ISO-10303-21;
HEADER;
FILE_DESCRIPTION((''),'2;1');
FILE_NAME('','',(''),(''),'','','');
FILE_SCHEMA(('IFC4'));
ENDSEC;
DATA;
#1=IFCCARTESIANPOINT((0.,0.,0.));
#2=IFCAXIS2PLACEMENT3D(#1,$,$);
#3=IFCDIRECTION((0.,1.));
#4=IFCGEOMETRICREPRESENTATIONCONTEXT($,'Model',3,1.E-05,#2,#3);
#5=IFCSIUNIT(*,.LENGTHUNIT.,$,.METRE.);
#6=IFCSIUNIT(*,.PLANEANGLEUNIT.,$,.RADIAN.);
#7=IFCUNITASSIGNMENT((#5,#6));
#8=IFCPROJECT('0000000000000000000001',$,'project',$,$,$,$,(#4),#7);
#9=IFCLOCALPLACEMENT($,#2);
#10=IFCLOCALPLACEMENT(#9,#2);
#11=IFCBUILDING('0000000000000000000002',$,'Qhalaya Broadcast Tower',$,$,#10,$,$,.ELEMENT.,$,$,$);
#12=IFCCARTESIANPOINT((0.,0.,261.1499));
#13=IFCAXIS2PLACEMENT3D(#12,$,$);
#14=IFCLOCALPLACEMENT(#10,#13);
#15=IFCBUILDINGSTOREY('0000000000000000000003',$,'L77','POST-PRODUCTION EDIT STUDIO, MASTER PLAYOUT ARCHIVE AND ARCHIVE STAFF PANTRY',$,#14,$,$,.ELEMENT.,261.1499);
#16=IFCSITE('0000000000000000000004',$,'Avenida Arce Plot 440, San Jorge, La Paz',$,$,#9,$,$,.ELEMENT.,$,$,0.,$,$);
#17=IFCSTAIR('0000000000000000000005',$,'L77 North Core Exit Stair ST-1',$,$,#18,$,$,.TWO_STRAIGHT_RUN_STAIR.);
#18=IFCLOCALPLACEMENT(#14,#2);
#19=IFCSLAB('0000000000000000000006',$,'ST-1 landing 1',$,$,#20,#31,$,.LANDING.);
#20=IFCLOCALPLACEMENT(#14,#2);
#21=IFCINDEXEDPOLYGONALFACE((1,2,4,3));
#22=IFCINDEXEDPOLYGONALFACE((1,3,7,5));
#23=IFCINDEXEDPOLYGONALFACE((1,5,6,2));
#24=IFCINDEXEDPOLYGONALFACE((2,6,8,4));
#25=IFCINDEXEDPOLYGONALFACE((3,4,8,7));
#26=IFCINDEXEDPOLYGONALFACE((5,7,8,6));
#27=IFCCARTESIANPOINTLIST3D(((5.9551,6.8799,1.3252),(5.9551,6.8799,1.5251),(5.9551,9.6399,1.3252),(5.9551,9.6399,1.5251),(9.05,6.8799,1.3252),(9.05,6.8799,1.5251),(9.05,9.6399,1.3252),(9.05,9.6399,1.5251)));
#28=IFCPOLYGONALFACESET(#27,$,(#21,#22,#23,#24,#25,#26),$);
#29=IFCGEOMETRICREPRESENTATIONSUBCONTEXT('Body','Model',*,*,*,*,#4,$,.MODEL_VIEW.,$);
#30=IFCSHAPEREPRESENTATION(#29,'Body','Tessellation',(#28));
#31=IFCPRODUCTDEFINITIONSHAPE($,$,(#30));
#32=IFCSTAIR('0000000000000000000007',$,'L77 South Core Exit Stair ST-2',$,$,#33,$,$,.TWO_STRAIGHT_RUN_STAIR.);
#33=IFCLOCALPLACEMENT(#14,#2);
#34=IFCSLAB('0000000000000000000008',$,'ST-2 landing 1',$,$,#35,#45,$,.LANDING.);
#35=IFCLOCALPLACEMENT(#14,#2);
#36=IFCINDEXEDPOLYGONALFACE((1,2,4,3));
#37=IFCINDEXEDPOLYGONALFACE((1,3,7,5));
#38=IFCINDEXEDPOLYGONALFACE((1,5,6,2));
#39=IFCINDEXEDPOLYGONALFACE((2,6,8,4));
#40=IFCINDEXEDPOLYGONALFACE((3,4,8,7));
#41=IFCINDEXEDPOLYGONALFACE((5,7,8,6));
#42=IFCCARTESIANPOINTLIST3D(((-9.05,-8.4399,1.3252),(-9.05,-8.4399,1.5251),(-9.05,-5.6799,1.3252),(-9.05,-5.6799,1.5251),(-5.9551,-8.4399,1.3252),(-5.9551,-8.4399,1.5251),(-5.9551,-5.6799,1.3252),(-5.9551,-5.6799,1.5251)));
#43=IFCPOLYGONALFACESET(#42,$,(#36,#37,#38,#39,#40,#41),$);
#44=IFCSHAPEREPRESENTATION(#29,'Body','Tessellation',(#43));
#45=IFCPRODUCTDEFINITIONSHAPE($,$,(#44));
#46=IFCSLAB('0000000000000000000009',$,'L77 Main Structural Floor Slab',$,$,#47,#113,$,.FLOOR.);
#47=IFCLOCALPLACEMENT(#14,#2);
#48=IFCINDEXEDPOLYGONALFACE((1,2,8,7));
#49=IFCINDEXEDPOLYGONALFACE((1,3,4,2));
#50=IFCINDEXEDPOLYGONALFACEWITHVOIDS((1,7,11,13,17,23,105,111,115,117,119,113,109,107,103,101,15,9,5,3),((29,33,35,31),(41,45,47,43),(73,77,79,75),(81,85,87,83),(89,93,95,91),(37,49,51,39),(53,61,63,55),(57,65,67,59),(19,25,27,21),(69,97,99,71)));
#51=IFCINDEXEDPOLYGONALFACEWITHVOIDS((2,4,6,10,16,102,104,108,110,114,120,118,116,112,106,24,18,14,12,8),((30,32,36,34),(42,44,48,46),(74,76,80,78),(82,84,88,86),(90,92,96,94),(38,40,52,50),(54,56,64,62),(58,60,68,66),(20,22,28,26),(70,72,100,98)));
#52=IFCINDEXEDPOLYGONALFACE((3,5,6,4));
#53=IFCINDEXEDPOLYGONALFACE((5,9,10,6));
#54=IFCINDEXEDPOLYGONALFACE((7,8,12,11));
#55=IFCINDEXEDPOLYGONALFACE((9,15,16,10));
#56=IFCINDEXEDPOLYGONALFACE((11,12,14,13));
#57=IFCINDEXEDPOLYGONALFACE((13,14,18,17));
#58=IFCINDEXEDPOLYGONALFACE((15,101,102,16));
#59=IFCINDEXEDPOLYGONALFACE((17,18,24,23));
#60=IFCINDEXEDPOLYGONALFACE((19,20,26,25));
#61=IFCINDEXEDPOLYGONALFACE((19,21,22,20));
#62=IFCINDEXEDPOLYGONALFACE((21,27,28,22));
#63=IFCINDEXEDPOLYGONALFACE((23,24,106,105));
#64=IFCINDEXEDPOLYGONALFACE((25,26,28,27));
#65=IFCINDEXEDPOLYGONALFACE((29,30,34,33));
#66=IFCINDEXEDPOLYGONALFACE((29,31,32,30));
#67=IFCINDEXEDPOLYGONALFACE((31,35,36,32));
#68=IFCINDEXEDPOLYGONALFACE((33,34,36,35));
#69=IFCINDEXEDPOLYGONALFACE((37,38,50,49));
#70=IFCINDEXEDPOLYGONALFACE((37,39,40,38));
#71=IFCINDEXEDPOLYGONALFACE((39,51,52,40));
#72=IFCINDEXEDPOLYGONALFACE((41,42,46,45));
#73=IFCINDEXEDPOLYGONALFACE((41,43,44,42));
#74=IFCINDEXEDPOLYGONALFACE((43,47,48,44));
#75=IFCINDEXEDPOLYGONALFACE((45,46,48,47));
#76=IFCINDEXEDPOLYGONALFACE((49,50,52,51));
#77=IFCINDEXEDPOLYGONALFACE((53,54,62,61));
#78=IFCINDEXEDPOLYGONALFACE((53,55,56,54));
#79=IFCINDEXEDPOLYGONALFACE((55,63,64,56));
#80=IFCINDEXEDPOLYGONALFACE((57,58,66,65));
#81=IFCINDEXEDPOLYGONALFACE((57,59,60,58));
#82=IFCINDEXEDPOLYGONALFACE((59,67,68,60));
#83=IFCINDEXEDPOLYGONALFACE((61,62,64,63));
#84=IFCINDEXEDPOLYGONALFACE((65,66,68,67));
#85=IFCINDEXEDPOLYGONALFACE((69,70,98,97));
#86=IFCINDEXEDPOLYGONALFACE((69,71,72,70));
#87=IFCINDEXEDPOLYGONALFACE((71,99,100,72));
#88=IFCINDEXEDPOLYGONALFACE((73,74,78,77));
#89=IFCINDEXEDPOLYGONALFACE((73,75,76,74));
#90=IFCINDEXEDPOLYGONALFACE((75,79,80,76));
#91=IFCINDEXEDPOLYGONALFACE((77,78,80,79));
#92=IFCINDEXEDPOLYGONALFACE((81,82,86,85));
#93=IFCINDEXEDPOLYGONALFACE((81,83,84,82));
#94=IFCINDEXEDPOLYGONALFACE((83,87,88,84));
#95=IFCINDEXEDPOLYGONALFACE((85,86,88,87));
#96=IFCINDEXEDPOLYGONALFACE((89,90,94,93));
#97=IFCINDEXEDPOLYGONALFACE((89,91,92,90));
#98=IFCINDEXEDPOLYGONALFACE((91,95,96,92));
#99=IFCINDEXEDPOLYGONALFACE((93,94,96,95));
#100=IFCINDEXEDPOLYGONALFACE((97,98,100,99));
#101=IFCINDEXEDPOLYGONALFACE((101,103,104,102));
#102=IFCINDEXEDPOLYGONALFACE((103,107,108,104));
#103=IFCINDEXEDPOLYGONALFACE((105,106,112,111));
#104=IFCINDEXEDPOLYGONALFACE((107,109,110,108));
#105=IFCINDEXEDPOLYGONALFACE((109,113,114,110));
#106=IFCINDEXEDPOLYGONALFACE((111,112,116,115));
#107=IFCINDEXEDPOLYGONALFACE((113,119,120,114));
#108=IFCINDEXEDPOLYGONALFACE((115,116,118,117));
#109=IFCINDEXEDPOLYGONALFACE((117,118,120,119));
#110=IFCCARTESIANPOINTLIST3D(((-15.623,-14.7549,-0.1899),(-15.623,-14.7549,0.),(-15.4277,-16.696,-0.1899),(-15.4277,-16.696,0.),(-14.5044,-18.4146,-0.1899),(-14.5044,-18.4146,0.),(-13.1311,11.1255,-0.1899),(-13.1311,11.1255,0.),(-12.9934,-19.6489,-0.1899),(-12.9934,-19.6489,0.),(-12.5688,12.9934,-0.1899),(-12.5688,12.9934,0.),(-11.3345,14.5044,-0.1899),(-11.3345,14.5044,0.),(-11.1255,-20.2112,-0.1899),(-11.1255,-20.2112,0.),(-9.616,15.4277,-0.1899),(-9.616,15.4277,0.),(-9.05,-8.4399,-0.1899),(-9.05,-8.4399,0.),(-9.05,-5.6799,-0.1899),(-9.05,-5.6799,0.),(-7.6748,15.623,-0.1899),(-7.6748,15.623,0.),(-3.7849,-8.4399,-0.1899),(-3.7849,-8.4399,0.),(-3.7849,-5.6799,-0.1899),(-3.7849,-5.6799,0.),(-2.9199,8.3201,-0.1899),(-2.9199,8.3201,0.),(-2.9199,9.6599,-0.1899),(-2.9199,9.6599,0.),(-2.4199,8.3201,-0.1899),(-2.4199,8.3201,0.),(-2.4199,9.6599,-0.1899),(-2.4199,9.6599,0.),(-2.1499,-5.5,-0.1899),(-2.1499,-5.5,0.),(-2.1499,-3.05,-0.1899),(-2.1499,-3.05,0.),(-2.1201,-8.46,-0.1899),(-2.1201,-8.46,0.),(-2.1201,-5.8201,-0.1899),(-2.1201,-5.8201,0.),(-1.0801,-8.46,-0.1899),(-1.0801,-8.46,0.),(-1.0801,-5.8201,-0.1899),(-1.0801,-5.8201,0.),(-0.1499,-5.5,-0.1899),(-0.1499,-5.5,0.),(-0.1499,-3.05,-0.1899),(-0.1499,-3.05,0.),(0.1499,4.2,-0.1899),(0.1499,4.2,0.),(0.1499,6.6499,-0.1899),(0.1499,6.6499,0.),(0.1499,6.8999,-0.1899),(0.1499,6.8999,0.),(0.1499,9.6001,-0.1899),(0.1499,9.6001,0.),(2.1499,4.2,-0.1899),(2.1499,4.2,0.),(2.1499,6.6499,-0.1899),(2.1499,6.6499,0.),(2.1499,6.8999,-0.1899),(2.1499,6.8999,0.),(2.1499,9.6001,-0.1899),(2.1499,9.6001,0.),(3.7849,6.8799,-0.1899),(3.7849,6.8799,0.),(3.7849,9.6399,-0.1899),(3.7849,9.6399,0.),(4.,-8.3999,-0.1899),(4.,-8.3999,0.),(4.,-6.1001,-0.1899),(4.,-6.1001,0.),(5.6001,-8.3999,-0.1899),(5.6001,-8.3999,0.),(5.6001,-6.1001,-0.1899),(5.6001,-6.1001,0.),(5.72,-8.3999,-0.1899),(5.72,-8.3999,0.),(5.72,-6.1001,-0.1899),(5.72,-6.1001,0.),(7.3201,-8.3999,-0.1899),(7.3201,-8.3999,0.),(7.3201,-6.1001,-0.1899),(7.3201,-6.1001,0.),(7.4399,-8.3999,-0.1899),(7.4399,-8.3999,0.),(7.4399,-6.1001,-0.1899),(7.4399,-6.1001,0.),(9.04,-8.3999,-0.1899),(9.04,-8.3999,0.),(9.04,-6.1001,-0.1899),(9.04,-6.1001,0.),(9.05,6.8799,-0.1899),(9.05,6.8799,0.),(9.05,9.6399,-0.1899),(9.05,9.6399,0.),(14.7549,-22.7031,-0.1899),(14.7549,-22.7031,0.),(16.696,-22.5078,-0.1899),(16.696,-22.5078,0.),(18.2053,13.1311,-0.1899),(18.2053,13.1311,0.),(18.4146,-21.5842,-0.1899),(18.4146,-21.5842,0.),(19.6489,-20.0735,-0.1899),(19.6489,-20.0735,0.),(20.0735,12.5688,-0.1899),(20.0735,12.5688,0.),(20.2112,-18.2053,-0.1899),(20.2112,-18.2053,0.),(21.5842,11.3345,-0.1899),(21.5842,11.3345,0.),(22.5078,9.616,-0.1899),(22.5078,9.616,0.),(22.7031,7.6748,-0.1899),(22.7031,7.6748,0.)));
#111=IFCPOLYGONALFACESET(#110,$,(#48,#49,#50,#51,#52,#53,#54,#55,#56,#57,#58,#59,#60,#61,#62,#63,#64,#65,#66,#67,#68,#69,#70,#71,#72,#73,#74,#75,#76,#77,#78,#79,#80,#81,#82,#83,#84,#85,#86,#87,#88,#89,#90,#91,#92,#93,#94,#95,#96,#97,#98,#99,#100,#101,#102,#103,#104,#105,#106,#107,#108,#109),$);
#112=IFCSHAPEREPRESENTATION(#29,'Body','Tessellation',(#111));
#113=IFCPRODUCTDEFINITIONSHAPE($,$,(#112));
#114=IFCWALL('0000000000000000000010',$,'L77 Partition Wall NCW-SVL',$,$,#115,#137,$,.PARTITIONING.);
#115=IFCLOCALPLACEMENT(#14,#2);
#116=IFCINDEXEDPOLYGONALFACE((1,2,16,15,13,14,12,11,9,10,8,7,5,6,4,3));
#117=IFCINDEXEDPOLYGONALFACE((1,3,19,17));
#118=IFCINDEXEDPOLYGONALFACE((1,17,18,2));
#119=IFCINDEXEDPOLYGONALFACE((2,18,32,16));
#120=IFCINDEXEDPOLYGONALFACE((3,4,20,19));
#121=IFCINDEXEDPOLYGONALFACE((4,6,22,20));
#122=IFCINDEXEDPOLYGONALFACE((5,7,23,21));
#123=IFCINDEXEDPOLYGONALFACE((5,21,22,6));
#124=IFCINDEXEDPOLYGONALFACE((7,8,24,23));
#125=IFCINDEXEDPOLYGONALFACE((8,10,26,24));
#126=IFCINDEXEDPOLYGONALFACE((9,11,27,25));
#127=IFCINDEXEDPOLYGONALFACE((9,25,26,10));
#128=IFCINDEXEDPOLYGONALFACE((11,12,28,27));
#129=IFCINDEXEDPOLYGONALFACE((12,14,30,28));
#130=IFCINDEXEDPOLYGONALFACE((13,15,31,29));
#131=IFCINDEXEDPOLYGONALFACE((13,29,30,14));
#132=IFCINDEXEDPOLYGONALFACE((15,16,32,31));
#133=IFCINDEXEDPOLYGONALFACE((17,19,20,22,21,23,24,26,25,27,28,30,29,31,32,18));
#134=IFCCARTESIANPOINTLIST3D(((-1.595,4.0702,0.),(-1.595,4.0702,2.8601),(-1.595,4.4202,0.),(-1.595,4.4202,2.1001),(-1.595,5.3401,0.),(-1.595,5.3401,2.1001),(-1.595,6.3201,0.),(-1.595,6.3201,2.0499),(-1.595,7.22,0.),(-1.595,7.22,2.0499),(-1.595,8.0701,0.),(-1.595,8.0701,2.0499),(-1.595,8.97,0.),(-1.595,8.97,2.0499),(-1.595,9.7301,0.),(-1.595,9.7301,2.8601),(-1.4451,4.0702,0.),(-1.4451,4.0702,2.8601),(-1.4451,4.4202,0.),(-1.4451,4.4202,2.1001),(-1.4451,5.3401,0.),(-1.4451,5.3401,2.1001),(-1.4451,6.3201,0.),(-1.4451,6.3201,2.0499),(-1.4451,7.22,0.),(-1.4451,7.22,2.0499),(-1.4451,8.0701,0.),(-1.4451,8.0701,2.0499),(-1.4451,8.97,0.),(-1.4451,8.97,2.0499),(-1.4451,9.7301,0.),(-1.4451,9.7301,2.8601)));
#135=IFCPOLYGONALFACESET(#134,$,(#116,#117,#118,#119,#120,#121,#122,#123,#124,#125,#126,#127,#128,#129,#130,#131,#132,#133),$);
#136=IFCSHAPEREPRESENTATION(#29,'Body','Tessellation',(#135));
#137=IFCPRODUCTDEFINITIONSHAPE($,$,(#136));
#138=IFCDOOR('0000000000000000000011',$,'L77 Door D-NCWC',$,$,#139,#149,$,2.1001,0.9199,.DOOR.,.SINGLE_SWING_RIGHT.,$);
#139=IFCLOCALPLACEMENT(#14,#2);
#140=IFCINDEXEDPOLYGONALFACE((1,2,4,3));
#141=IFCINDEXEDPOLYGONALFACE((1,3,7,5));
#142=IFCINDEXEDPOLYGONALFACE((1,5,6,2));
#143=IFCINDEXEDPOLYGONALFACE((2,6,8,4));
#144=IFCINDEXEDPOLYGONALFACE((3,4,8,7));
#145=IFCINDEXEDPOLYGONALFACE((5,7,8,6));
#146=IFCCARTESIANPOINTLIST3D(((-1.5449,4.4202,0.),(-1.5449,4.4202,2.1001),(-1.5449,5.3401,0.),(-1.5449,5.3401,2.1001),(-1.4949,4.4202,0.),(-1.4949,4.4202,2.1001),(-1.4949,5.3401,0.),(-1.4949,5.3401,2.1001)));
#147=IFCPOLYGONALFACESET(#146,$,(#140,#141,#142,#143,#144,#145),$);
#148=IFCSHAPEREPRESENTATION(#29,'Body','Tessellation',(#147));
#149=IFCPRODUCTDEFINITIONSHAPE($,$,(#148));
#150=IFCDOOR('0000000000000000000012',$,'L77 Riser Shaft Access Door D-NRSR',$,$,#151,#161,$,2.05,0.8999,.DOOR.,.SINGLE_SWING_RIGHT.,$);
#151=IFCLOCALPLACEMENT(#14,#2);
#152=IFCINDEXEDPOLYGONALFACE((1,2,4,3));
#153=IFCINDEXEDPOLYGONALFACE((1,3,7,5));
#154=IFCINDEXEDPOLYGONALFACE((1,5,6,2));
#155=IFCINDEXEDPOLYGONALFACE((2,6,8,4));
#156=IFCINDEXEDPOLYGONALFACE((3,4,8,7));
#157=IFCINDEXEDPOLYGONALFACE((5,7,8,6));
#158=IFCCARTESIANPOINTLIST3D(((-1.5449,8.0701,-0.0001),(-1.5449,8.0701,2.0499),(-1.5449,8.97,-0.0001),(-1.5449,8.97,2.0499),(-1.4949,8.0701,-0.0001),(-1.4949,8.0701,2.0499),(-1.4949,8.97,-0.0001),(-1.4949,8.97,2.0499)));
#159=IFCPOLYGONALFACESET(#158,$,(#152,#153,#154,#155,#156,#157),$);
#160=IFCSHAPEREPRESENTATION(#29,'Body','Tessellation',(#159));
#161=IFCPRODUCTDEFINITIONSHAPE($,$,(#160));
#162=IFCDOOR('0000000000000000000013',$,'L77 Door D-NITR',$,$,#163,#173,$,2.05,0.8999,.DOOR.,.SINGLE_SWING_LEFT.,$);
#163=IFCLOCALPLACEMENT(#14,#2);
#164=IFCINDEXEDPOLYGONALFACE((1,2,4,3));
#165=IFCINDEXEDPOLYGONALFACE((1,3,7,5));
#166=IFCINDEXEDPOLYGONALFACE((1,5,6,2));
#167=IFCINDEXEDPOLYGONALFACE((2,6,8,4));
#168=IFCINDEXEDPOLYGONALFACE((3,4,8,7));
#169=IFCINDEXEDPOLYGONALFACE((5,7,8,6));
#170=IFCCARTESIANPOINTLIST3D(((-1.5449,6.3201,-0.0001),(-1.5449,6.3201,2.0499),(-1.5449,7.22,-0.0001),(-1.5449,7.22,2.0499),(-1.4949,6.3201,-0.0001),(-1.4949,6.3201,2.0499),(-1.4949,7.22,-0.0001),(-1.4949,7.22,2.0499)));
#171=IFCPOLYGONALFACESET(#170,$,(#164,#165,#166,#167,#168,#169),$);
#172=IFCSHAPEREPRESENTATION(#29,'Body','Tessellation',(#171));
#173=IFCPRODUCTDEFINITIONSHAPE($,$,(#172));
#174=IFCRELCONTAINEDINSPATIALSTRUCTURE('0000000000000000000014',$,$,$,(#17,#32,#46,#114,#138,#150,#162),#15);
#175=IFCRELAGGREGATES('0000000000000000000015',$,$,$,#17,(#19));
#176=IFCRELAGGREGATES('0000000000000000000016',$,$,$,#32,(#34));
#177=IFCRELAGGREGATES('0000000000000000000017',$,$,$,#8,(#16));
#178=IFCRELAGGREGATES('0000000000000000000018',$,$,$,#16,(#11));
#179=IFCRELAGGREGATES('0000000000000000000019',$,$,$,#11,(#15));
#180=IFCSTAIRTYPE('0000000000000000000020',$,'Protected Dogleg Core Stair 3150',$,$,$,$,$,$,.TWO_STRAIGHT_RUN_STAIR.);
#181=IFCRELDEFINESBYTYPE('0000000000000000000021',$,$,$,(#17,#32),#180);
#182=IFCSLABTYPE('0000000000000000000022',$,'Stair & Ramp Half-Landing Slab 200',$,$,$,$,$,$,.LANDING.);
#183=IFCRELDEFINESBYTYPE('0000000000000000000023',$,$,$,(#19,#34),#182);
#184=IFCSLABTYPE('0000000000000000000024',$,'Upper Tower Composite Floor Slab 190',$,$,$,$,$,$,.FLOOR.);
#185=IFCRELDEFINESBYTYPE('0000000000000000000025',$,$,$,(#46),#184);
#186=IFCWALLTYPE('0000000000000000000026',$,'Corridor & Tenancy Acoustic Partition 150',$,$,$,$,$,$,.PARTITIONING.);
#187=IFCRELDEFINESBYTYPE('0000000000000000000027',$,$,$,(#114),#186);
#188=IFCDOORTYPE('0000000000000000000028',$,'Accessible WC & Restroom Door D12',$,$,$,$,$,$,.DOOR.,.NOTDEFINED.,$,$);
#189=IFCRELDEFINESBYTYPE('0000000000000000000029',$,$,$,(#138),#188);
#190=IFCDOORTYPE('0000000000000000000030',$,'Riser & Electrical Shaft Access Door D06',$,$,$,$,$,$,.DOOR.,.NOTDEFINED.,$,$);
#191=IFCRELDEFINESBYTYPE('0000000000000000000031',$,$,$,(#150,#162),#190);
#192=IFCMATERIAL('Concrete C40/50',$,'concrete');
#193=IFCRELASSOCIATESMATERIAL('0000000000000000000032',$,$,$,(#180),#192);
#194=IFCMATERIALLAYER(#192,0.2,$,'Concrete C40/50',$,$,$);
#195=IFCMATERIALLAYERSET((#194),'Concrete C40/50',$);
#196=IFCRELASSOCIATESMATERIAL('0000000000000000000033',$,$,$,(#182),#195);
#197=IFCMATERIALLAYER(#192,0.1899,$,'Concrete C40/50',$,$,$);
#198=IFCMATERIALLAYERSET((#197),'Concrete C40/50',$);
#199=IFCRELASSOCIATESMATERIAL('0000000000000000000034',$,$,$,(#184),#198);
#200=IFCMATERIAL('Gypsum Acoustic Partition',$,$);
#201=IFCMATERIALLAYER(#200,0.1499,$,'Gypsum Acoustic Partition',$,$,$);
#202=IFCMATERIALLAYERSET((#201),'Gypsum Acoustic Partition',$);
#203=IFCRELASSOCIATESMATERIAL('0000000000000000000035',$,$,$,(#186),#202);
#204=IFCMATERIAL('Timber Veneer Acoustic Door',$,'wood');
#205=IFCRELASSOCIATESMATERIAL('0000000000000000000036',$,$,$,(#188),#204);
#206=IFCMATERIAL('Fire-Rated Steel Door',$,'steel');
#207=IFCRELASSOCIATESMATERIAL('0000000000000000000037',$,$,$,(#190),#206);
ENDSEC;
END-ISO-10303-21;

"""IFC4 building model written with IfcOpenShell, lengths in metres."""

from ifc_helpers import new_model, si_unit, direction, frame, frame_2d, origin, place, context, subcontext, project, spatial, polyline, rectangle, outline, extrude, material, layer, layer_set, type_object, element, fill, aggregate, save


model = new_model("IFC4")

# Units and contexts
model_context = context("Model", 3, precision=1e-05, world=origin(), true_north=direction((0.0, 1.0)))
body_context = subcontext(model_context, "Body", "Model", "MODEL_VIEW")
ifc_project = project(units=[si_unit("LENGTHUNIT", "METRE"), si_unit("PLANEANGLEUNIT", "RADIAN")], contexts=[model_context])

# Site, building, storey
site_placement = place(None, origin())
site = spatial("IfcSite", under=ifc_project, at=site_placement, Name="Avenida Arce Plot 440, San Jorge, La Paz", CompositionType="ELEMENT", RefElevation=0.0)
building_placement = place(site_placement, origin())
building = spatial("IfcBuilding", under=site, at=building_placement, Name="Qhalaya Broadcast Tower", CompositionType="ELEMENT")
storey_placement = place(building_placement, frame((0.0, 0.0, 261.1499)))
storey = spatial("IfcBuildingStorey", under=building, at=storey_placement, Name="L77", Description="POST-PRODUCTION EDIT STUDIO, MASTER PLAYOUT ARCHIVE AND ARCHIVE STAFF PANTRY", CompositionType="ELEMENT", Elevation=261.1499)

# Stairs, slabs
ifc_material_1 = material(Name="Concrete C40/50", Category="concrete")
stair_type = type_object("IfcStairType", Name="Protected Dogleg Core Stair 3150", PredefinedType="TWO_STRAIGHT_RUN_STAIR", material=ifc_material_1)
stair_1_placement = place(storey_placement, origin())
stair_1 = element("IfcStair", 1, at=stair_1_placement, inside=storey, type_object=stair_type, Name="L77 North Core Exit Stair ST-1", PredefinedType="TWO_STRAIGHT_RUN_STAIR")
ifc_layer_1 = layer(ifc_material_1, 0.2, Name="Concrete C40/50")
ifc_layer_set_1 = layer_set([ifc_layer_1], Name="Concrete C40/50")
slab_type_1 = type_object("IfcSlabType", Name="Stair & Ramp Half-Landing Slab 200", PredefinedType="LANDING", material=ifc_layer_set_1)
slab_1_placement = place(storey_placement, frame((0.0, 0.0, 1.3252)))
slab_1 = element("IfcSlab", 2, at=slab_1_placement, type_object=slab_type_1, Name="ST-1 landing 1", PredefinedType="LANDING", context=body_context, shape_type="SweptSolid", body=[
    extrude(outline(polyline([(5.9551, 6.8799), (9.05, 6.8799), (9.05, 9.6399), (5.9551, 9.6399), (5.9551, 6.8799)])), origin(), (0.0, 0.0, 1.0), 0.2),
])
aggregate(stair_1, [slab_1])
stair_2_placement = place(storey_placement, origin())
stair_2 = element("IfcStair", 3, at=stair_2_placement, inside=storey, type_object=stair_type, Name="L77 South Core Exit Stair ST-2", PredefinedType="TWO_STRAIGHT_RUN_STAIR")
slab_2_placement = place(storey_placement, frame((0.0, 0.0, 1.3252)))
slab_2 = element("IfcSlab", 4, at=slab_2_placement, type_object=slab_type_1, Name="ST-2 landing 1", PredefinedType="LANDING", context=body_context, shape_type="SweptSolid", body=[
    extrude(outline(polyline([(-5.9551, -5.6799), (-9.05, -5.6799), (-9.05, -8.4399), (-5.9551, -8.4399), (-5.9551, -5.6799)])), origin(), (0.0, 0.0, 1.0), 0.2),
])
aggregate(stair_2, [slab_2])

# Slab
ifc_layer_2 = layer(ifc_material_1, 0.1899, Name="Concrete C40/50")
ifc_layer_set_2 = layer_set([ifc_layer_2], Name="Concrete C40/50")
slab_type_2 = type_object("IfcSlabType", Name="Upper Tower Composite Floor Slab 190", PredefinedType="FLOOR", material=ifc_layer_set_2)
slab_3_placement = place(storey_placement, frame((0.0, 0.0, -0.1899)))
element("IfcSlab", 5, at=slab_3_placement, inside=storey, type_object=slab_type_2, Name="L77 Main Structural Floor Slab", PredefinedType="FLOOR", context=body_context, shape_type="SweptSolid", body=[
    extrude(outline(polyline([(14.7549, -22.7031), (16.696, -22.5078), (18.4146, -21.5842), (19.6489, -20.0735), (20.2112, -18.2053), (22.7031, 7.6748), (22.5078, 9.616), (21.5842, 11.3345), (20.0735, 12.5688), (18.2053, 13.1311), (-7.6748, 15.623), (-9.616, 15.4277), (-11.3345, 14.5044), (-12.5688, 12.9934), (-13.1311, 11.1255), (-15.623, -14.7549), (-15.4277, -16.696), (-14.5044, -18.4146), (-12.9934, -19.6489), (-11.1255, -20.2112), (14.7549, -22.7031)]), holes=[polyline([(3.7849, 9.6399), (9.05, 9.6399), (9.05, 6.8799), (3.7849, 6.8799), (3.7849, 9.6399)]), polyline([(-3.7849, -8.4399), (-9.05, -8.4399), (-9.05, -5.6799), (-3.7849, -5.6799), (-3.7849, -8.4399)]), polyline([(0.1499, 6.6499), (2.1499, 6.6499), (2.1499, 4.2), (0.1499, 4.2), (0.1499, 6.6499)]), polyline([(0.1499, 9.6001), (2.1499, 9.6001), (2.1499, 6.8999), (0.1499, 6.8999), (0.1499, 9.6001)]), polyline([(-2.1499, -3.05), (-0.1499, -3.05), (-0.1499, -5.5), (-2.1499, -5.5), (-2.1499, -3.05)]), polyline([(4.0, -6.1001), (5.6001, -6.1001), (5.6001, -8.3999), (4.0, -8.3999), (4.0, -6.1001)]), polyline([(5.72, -6.1001), (7.3201, -6.1001), (7.3201, -8.3999), (5.72, -8.3999), (5.72, -6.1001)]), polyline([(7.4399, -6.1001), (9.04, -6.1001), (9.04, -8.3999), (7.4399, -8.3999), (7.4399, -6.1001)]), polyline([(-2.9199, 9.6599), (-2.4199, 9.6599), (-2.4199, 8.3201), (-2.9199, 8.3201), (-2.9199, 9.6599)]), polyline([(-2.1201, -5.8201), (-1.0801, -5.8201), (-1.0801, -8.46), (-2.1201, -8.46), (-2.1201, -5.8201)])]), origin(), (0.0, 0.0, 1.0), 0.1899),
])

# Wall, openings, doors
ifc_material_2 = material(Name="Gypsum Acoustic Partition")
ifc_layer_3 = layer(ifc_material_2, 0.1499, Name="Gypsum Acoustic Partition")
ifc_layer_set_3 = layer_set([ifc_layer_3], Name="Gypsum Acoustic Partition")
wall_type_1 = type_object("IfcWallType", Name="Corridor & Tenancy Acoustic Partition 150", PredefinedType="PARTITIONING", material=ifc_layer_set_3)
wall_1_placement = place(storey_placement, frame((-1.52, 4.0701, 0.0), z_axis=(0.0, 0.0, 1.0), x_axis=(0.0, 1.0, 0.0)))
wall_1 = element("IfcWall", 6, at=wall_1_placement, inside=storey, type_object=wall_type_1, Name="L77 Partition Wall NCW-SVL", PredefinedType="PARTITIONING", context=body_context, shape_type="SweptSolid", body=[
    extrude(rectangle(XDim=5.6599, YDim=0.1499, at=frame_2d((2.8301, 0.0))), origin(), (0.0, 0.0, 1.0), 2.8601),
])
opening_1_placement = place(wall_1_placement, frame((4.0, 0.0, 0.0)))
opening_1 = element("IfcOpeningElement", 7, at=opening_1_placement, cuts=wall_1, PredefinedType="OPENING", context=body_context, shape_type="SweptSolid", body=[
    extrude(rectangle(XDim=0.8999, YDim=2.05, at=frame_2d((0.45, 1.0249))), frame((0.0, 0.0869, 0.0), z_axis=(0.0, -1.0, 0.0), x_axis=(1.0, 0.0, 0.0)), (0.0, 0.0, 1.0), 0.1738),
])
opening_2_placement = place(wall_1_placement, frame((2.25, 0.0, 0.0)))
opening_2 = element("IfcOpeningElement", 8, at=opening_2_placement, cuts=wall_1, PredefinedType="OPENING", context=body_context, shape_type="SweptSolid", body=[
    extrude(rectangle(XDim=0.8999, YDim=2.05, at=frame_2d((0.45, 1.0249))), frame((0.0, 0.0869, 0.0), z_axis=(0.0, -1.0, 0.0), x_axis=(1.0, 0.0, 0.0)), (0.0, 0.0, 1.0), 0.1738),
])
opening_3_placement = place(wall_1_placement, frame((0.3501, 0.0, 0.0)))
opening_3 = element("IfcOpeningElement", 9, at=opening_3_placement, cuts=wall_1, PredefinedType="OPENING", context=body_context, shape_type="SweptSolid", body=[
    extrude(rectangle(XDim=0.9199, YDim=2.1001, at=frame_2d((0.46, 1.05))), frame((0.0, 0.0869, 0.0), z_axis=(0.0, -1.0, 0.0), x_axis=(1.0, 0.0, 0.0)), (0.0, 0.0, 1.0), 0.1738),
])
ifc_material_3 = material(Name="Timber Veneer Acoustic Door", Category="wood")
door_type_1 = type_object("IfcDoorType", Name="Accessible WC & Restroom Door D12", OperationType="NOTDEFINED", PredefinedType="DOOR", material=ifc_material_3)
door_1_placement = place(opening_3_placement, origin())
door_1 = element("IfcDoor", 10, at=door_1_placement, inside=storey, type_object=door_type_1, Name="L77 Door D-NCWC", OperationType="SINGLE_SWING_RIGHT", OverallHeight=2.1001, OverallWidth=0.9199, PredefinedType="DOOR", context=body_context, shape_type="SweptSolid", body=[
    extrude(rectangle(XDim=0.9199, YDim=2.1001, at=frame_2d((0.46, 1.05))), frame((0.0, 0.0249, 0.0), z_axis=(0.0, -1.0, 0.0), x_axis=(1.0, 0.0, 0.0)), (0.0, 0.0, 1.0), 0.05),
])
fill(opening_3, door_1)
ifc_material_4 = material(Name="Fire-Rated Steel Door", Category="steel")
door_type_2 = type_object("IfcDoorType", Name="Riser & Electrical Shaft Access Door D06", OperationType="NOTDEFINED", PredefinedType="DOOR", material=ifc_material_4)
door_2_placement = place(opening_1_placement, origin())
door_2 = element("IfcDoor", 11, at=door_2_placement, inside=storey, type_object=door_type_2, Name="L77 Riser Shaft Access Door D-NRSR", OperationType="SINGLE_SWING_RIGHT", OverallHeight=2.05, OverallWidth=0.8999, PredefinedType="DOOR", context=body_context, shape_type="SweptSolid", body=[
    extrude(rectangle(XDim=0.8999, YDim=2.05, at=frame_2d((0.45, 1.0249))), frame((0.0, 0.0249, 0.0), z_axis=(0.0, -1.0, 0.0), x_axis=(1.0, 0.0, 0.0)), (0.0, 0.0, 1.0), 0.05),
])
fill(opening_1, door_2)
door_3_placement = place(opening_2_placement, origin())
door_3 = element("IfcDoor", 12, at=door_3_placement, inside=storey, type_object=door_type_2, Name="L77 Door D-NITR", OperationType="SINGLE_SWING_LEFT", OverallHeight=2.05, OverallWidth=0.8999, PredefinedType="DOOR", context=body_context, shape_type="SweptSolid", body=[
    extrude(rectangle(XDim=0.8999, YDim=2.05, at=frame_2d((0.45, 1.0249))), frame((0.0, 0.0249, 0.0), z_axis=(0.0, -1.0, 0.0), x_axis=(1.0, 0.0, 0.0)), (0.0, 0.0, 1.0), 0.05),
])
fill(opening_2, door_3)

save(model, "model.ifc")
